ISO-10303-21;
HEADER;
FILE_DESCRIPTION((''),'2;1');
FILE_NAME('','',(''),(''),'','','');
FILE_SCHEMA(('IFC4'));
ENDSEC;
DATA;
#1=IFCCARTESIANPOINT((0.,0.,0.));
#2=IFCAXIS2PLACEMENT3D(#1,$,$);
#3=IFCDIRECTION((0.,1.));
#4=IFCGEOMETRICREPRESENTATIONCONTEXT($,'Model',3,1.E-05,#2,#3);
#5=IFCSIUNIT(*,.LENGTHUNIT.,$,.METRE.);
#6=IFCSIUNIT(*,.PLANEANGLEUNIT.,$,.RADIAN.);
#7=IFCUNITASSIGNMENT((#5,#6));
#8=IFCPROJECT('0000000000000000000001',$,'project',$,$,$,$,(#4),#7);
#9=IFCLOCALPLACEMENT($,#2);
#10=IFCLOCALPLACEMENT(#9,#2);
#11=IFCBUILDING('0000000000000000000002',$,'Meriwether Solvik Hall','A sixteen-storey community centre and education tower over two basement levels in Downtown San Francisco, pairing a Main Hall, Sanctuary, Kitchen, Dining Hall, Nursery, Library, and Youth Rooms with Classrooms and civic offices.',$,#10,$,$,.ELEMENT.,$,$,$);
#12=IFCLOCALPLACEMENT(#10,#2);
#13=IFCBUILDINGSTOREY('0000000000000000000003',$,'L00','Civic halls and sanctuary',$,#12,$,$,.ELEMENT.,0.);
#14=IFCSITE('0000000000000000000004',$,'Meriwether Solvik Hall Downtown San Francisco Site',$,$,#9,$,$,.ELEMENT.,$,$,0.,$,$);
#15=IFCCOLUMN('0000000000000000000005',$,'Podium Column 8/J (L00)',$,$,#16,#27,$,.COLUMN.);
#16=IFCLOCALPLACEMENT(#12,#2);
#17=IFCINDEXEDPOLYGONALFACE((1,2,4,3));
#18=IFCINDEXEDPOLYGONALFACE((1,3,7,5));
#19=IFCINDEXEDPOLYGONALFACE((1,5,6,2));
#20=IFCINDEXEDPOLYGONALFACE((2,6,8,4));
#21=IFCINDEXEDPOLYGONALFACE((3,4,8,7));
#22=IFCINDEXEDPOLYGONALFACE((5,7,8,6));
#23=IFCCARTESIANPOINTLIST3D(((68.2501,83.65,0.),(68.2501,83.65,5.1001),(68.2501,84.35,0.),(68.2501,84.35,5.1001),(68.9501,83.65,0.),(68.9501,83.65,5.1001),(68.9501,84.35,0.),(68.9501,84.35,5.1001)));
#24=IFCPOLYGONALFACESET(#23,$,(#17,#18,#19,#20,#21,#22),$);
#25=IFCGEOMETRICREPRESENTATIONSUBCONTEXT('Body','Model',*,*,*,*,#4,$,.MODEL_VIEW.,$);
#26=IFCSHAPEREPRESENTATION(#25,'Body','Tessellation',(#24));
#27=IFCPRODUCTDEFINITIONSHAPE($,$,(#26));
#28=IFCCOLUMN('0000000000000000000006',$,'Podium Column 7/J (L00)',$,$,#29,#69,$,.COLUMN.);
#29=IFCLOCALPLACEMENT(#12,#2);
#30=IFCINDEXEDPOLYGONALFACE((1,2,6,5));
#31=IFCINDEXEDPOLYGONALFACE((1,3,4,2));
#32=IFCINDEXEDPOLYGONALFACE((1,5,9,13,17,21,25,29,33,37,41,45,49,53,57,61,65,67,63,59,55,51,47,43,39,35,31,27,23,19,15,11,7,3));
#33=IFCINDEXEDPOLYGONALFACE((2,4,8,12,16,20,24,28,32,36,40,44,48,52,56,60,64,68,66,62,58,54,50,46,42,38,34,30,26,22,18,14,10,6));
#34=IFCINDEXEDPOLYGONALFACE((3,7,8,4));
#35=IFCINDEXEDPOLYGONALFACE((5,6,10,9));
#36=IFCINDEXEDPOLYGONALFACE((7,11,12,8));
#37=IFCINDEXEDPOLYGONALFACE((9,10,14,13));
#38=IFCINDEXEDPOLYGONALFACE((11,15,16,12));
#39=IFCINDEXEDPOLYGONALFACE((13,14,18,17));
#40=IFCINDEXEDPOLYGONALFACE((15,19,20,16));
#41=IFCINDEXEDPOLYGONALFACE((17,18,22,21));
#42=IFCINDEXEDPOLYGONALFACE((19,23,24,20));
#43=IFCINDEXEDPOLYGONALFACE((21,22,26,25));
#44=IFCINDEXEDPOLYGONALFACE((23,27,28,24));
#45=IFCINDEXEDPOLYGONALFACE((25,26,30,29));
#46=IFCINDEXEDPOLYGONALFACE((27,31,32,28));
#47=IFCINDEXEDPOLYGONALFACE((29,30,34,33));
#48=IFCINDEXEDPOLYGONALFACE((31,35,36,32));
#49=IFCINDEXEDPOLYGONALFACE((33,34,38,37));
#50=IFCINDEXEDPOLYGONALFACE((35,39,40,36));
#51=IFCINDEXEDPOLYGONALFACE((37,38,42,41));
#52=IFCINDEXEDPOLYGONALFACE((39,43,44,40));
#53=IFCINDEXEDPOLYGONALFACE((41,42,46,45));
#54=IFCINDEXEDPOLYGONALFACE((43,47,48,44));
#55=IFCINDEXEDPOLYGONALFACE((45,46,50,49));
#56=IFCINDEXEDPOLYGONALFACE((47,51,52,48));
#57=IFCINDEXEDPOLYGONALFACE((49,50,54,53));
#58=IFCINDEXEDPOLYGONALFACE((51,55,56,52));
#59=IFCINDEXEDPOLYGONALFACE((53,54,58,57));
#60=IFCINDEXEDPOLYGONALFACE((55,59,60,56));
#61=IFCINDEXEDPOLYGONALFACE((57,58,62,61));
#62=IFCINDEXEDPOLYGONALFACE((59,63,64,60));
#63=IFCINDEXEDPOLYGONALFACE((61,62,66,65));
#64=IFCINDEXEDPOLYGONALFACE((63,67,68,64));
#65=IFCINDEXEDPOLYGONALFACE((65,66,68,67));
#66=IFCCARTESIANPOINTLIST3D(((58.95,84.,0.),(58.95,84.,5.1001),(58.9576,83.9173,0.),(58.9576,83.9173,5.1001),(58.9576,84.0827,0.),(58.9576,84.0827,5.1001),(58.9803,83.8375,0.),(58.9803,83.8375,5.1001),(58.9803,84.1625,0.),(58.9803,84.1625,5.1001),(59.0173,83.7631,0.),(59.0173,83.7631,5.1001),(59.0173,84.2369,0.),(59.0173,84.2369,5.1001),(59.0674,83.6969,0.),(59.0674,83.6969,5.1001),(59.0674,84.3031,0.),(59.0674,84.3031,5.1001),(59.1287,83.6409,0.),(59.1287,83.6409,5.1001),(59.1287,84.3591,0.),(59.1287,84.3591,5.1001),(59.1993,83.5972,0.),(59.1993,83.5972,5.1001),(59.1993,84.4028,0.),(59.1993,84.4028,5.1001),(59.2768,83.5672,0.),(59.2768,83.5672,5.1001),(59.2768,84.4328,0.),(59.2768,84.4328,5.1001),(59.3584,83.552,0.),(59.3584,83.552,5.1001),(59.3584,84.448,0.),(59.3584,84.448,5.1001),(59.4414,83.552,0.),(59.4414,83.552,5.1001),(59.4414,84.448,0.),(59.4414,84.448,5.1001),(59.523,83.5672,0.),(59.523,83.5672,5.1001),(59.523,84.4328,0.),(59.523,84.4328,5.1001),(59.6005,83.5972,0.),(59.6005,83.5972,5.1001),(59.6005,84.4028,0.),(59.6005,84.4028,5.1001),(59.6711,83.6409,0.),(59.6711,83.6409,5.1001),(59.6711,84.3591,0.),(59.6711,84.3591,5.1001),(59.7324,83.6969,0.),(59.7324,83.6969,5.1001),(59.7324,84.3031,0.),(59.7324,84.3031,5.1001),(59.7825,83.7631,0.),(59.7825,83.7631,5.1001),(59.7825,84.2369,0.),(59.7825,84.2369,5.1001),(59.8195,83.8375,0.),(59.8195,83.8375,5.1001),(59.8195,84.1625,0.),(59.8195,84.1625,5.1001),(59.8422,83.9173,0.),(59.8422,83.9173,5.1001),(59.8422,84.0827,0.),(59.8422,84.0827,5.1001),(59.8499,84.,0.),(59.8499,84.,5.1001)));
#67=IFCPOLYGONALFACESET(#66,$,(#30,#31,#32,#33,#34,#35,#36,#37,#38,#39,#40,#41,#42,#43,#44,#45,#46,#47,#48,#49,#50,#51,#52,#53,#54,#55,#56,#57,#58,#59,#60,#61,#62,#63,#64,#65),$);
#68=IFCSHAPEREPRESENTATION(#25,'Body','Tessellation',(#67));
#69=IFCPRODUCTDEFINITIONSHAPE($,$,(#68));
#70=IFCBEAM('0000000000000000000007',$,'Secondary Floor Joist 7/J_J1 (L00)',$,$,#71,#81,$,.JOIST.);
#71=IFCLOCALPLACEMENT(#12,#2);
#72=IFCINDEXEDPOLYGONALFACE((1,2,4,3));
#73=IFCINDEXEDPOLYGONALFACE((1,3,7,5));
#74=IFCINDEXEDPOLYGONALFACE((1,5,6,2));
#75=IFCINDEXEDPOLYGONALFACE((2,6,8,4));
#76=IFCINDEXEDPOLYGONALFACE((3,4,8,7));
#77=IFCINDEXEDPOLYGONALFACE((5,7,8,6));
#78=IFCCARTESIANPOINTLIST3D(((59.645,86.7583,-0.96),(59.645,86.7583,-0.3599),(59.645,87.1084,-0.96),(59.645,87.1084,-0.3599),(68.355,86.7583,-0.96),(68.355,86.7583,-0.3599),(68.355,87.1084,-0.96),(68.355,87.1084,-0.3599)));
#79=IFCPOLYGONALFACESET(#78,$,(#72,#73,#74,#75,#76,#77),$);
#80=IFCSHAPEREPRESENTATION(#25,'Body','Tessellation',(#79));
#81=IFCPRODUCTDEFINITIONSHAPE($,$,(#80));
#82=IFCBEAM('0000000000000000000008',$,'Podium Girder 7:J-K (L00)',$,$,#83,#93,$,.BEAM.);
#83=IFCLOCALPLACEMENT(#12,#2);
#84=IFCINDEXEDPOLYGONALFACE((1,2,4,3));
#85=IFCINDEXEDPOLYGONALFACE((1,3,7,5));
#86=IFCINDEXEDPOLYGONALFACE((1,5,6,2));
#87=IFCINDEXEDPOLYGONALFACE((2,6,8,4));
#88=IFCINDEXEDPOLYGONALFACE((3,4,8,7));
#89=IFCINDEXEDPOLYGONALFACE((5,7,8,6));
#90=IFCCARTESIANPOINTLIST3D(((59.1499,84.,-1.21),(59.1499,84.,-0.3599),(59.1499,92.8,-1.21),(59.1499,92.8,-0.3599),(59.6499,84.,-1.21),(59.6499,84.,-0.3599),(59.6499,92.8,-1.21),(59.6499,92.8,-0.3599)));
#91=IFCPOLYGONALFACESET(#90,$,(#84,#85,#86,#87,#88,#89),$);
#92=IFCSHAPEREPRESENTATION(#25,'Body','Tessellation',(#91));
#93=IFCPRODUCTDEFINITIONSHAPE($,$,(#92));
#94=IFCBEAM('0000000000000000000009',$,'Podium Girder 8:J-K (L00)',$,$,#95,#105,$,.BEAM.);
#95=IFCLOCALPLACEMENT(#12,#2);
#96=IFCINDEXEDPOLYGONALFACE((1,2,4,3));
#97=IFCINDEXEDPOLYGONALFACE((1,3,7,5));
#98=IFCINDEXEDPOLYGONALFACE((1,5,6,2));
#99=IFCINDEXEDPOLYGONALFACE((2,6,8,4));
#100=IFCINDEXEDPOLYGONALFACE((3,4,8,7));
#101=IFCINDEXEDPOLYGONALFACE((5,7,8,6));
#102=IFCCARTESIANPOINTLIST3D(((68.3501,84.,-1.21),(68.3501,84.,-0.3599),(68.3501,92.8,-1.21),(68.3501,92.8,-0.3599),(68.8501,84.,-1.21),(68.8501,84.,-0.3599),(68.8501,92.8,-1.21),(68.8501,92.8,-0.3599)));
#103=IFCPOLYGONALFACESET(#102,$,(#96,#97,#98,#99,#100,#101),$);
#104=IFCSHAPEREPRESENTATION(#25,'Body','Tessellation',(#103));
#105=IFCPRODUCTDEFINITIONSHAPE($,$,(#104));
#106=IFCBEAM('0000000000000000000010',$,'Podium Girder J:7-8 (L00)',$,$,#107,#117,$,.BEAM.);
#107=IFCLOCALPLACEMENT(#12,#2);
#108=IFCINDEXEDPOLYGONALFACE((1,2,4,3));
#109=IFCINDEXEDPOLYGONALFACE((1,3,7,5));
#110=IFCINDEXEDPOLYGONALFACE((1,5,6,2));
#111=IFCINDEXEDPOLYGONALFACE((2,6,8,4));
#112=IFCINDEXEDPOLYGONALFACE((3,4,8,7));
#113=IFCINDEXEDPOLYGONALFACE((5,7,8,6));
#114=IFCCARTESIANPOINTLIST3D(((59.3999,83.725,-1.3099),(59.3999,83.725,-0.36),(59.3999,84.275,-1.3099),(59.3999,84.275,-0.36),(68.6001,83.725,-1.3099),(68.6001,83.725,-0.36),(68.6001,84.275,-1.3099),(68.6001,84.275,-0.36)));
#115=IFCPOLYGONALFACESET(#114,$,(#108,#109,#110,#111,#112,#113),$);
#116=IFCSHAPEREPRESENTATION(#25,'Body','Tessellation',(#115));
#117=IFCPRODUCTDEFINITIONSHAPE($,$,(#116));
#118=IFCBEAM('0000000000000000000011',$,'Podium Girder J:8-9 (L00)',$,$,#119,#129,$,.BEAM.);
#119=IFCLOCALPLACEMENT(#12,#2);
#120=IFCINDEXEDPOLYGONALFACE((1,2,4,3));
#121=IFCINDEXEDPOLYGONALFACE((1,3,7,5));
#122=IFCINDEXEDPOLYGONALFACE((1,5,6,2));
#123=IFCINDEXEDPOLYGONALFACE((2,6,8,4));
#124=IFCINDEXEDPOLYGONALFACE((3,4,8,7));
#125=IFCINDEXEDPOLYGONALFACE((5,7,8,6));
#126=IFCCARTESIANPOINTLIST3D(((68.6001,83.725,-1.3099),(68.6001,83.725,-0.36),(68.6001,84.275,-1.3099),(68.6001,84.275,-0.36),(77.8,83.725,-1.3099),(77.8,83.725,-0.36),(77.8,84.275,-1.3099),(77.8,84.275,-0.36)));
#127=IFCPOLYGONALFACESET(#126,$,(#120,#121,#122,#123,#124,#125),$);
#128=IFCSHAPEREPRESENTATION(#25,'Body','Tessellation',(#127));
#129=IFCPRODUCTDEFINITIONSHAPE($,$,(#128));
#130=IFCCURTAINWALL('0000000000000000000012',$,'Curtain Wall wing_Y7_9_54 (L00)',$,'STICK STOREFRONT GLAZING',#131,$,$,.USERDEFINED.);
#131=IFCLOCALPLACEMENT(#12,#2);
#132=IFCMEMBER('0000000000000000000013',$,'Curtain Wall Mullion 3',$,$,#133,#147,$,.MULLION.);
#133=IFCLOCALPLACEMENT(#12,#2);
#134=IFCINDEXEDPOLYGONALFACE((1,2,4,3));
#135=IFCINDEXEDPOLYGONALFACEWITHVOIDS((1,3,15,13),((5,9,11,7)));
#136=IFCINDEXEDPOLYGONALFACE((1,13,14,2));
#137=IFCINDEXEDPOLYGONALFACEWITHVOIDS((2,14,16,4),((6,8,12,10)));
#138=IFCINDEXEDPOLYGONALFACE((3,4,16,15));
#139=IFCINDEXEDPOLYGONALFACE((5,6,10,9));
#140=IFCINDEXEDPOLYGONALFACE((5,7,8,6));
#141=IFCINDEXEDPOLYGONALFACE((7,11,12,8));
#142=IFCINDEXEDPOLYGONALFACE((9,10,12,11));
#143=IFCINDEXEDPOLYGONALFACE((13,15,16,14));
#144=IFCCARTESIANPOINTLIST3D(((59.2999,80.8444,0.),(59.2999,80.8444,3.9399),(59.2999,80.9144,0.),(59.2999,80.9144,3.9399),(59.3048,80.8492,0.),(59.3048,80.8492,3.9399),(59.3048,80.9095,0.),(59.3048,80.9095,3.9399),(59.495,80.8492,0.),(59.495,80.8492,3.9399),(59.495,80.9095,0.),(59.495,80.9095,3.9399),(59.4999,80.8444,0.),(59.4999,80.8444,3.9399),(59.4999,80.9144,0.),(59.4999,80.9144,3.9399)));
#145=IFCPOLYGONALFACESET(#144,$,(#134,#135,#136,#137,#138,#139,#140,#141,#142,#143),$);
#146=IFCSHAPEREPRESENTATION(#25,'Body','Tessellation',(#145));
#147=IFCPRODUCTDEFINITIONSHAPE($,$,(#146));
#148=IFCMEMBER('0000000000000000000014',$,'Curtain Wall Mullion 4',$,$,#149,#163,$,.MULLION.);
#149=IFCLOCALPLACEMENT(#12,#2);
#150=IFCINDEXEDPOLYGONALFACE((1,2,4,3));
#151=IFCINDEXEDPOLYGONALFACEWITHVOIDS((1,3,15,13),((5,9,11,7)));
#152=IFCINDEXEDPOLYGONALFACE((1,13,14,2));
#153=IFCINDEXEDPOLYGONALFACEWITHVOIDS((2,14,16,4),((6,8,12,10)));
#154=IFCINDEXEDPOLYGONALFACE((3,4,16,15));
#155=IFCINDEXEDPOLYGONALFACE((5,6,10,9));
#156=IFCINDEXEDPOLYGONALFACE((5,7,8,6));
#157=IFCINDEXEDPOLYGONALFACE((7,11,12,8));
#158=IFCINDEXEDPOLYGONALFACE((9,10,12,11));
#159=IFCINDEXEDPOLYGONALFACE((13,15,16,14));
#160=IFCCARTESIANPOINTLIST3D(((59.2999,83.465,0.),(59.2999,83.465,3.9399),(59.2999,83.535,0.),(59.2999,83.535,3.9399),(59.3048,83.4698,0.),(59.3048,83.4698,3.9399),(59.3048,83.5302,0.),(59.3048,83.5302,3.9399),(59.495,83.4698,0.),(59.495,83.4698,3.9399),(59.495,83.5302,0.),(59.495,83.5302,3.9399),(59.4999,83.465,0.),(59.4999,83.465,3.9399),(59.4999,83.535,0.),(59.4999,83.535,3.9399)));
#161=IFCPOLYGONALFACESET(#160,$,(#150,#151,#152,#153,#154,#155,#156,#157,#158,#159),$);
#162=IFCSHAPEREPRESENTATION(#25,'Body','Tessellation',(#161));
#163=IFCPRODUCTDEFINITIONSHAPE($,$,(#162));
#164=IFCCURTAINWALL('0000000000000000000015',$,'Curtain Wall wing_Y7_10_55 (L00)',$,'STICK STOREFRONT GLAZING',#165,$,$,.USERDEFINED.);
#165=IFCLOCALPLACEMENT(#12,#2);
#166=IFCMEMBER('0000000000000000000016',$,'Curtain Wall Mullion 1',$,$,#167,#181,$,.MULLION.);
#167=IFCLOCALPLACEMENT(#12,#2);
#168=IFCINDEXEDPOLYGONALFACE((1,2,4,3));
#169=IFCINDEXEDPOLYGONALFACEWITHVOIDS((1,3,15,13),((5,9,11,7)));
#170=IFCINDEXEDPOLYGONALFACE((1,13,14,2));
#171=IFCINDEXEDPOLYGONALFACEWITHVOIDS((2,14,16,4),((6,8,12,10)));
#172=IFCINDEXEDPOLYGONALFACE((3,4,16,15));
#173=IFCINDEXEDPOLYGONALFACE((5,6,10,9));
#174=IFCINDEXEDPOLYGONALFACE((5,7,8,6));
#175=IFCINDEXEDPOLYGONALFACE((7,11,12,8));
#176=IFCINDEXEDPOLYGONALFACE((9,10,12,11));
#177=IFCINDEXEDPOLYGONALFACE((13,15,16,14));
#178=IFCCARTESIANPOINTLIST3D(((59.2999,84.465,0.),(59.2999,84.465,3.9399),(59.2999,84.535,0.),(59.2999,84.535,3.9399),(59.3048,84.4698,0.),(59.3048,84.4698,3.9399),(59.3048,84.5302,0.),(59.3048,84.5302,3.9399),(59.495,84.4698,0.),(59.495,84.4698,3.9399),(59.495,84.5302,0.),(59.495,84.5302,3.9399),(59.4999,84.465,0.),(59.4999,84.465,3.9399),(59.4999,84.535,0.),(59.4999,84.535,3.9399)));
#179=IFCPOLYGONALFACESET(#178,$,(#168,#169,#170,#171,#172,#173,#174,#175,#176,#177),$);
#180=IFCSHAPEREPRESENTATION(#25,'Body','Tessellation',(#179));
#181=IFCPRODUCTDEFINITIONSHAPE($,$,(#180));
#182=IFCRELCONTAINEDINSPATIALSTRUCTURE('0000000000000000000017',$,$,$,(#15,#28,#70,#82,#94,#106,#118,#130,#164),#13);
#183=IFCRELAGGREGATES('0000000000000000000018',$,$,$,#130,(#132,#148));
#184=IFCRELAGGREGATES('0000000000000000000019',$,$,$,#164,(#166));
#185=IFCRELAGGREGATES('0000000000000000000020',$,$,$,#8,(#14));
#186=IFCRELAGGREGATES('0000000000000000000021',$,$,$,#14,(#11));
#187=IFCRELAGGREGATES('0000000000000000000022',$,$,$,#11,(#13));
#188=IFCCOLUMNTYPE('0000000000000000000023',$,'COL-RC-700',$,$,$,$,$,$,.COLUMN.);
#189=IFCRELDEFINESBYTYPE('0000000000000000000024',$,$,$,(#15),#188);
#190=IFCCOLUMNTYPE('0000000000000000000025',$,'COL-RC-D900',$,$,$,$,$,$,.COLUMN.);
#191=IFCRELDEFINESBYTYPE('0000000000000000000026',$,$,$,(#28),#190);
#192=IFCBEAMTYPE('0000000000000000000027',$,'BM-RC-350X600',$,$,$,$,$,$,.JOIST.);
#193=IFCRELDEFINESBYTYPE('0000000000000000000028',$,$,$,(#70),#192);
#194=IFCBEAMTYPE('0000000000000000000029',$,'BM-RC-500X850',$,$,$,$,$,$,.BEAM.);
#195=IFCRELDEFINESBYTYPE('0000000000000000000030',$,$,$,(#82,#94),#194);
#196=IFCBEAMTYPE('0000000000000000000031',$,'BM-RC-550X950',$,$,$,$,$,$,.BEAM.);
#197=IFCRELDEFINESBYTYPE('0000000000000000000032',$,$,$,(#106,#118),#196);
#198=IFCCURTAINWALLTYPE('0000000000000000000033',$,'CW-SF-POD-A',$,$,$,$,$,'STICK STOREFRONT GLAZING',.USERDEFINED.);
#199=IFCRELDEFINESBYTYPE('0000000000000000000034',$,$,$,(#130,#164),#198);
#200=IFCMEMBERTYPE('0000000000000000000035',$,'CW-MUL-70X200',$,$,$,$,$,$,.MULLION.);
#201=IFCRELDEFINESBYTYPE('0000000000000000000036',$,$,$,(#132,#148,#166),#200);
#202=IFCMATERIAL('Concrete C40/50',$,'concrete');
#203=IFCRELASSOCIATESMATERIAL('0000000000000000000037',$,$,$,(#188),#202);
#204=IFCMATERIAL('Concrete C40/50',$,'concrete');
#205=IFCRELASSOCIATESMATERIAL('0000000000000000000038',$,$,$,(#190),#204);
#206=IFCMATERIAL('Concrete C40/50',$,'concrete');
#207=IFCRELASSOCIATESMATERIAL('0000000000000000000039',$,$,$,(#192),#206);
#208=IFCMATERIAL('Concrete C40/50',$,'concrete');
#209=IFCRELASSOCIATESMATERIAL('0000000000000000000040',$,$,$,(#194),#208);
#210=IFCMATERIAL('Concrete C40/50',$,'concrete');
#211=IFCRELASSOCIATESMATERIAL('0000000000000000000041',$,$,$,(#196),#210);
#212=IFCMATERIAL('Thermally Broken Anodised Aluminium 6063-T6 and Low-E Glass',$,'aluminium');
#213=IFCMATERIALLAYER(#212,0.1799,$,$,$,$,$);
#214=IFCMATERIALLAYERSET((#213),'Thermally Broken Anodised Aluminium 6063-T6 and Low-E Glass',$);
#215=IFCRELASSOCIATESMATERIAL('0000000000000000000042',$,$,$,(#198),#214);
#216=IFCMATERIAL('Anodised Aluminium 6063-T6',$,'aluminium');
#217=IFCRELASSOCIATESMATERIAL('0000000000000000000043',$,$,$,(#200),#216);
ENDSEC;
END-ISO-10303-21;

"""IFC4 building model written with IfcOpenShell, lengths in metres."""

from ifc_helpers import new_model, si_unit, direction, frame, origin, origin_2d, place, context, subcontext, project, spatial, rectangle, hollow_rectangle, circle, extrude, material, layer, layer_set, material_profile, profile_set, type_object, element, aggregate, save


model = new_model("IFC4")

# Units and contexts
model_context = context("Model", 3, precision=1e-05, world=origin(), true_north=direction((0.0, 1.0)))
body_context = subcontext(model_context, "Body", "Model", "MODEL_VIEW")
ifc_project = project(units=[si_unit("LENGTHUNIT", "METRE"), si_unit("PLANEANGLEUNIT", "RADIAN")], contexts=[model_context])

# Site, building, storey
site_placement = place(None, origin())
site = spatial("IfcSite", under=ifc_project, at=site_placement, Name="Meriwether Solvik Hall Downtown San Francisco Site", CompositionType="ELEMENT", RefElevation=0.0)
building_placement = place(site_placement, origin())
building = spatial("IfcBuilding", under=site, at=building_placement, Name="Meriwether Solvik Hall", Description="A sixteen-storey community centre and education tower over two basement levels in Downtown San Francisco, pairing a Main Hall, Sanctuary, Kitchen, Dining Hall, Nursery, Library, and Youth Rooms with Classrooms and civic offices.", CompositionType="ELEMENT")
storey_placement = place(building_placement, origin())
storey = spatial("IfcBuildingStorey", under=building, at=storey_placement, Name="L00", Description="Civic halls and sanctuary", CompositionType="ELEMENT", Elevation=0.0)

# Columns
ifc_material_1 = material(Name="Concrete C40/50", Category="concrete")
ifc_material_profile_1 = material_profile(ifc_material_1, rectangle(XDim=0.7, YDim=0.7, at=origin_2d()), Name="RCC-700X700")
ifc_profile_set_1 = profile_set([ifc_material_profile_1], Name="Concrete C40/50")
column_type_1 = type_object("IfcColumnType", Name="COL-RC-700", PredefinedType="COLUMN", material=ifc_profile_set_1)
column_1_placement = place(storey_placement, frame((68.6001, 84.0, 0.0), z_axis=(0.0, 0.0, 1.0), x_axis=(1.0, 0.0, 0.0)))
element("IfcColumn", 1, at=column_1_placement, inside=storey, type_object=column_type_1, Name="Podium Column 8/J (L00)", PredefinedType="COLUMN", context=body_context, shape_type="SweptSolid", body=[
    extrude(rectangle(XDim=0.7, YDim=0.7, at=origin_2d()), origin(), (0.0, 0.0, 1.0), 5.1001),
])
ifc_material_2 = material(Name="Concrete C40/50", Category="concrete")
ifc_material_profile_2 = material_profile(ifc_material_2, circle(Radius=0.45, at=origin_2d()), Name="RCC-D900")
ifc_profile_set_2 = profile_set([ifc_material_profile_2], Name="Concrete C40/50")
column_type_2 = type_object("IfcColumnType", Name="COL-RC-D900", PredefinedType="COLUMN", material=ifc_profile_set_2)
column_2_placement = place(storey_placement, frame((59.3999, 84.0, 0.0), z_axis=(0.0, 0.0, 1.0), x_axis=(1.0, 0.0, 0.0)))
element("IfcColumn", 2, at=column_2_placement, inside=storey, type_object=column_type_2, Name="Podium Column 7/J (L00)", PredefinedType="COLUMN", context=body_context, shape_type="SweptSolid", body=[
    extrude(circle(Radius=0.45, at=origin_2d()), origin(), (0.0, 0.0, 1.0), 5.1001),
])

# Beams
ifc_material_3 = material(Name="Concrete C40/50", Category="concrete")
ifc_material_profile_3 = material_profile(ifc_material_3, rectangle(XDim=0.3501, YDim=0.6001, at=origin_2d()), Name="RCB-350X600")
ifc_profile_set_3 = profile_set([ifc_material_profile_3], Name="Concrete C40/50")
beam_type_1 = type_object("IfcBeamType", Name="BM-RC-350X600", PredefinedType="JOIST", material=ifc_profile_set_3)
beam_1_placement = place(storey_placement, frame((59.645, 86.9333, -0.6599), z_axis=(1.0, 0.0, 0.0), x_axis=(0.0, 1.0, 0.0)))
element("IfcBeam", 3, at=beam_1_placement, inside=storey, type_object=beam_type_1, Name="Secondary Floor Joist 7/J_J1 (L00)", PredefinedType="JOIST", context=body_context, shape_type="SweptSolid", body=[
    extrude(rectangle(XDim=0.3501, YDim=0.6001, at=origin_2d()), origin(), (0.0, 0.0, 1.0), 8.71),
])
ifc_material_4 = material(Name="Concrete C40/50", Category="concrete")
ifc_material_profile_4 = material_profile(ifc_material_4, rectangle(XDim=0.5, YDim=0.8501, at=origin_2d()), Name="RCB-500X850")
ifc_profile_set_4 = profile_set([ifc_material_profile_4], Name="Concrete C40/50")
beam_type_2 = type_object("IfcBeamType", Name="BM-RC-500X850", PredefinedType="BEAM", material=ifc_profile_set_4)
for number, where, z_axis, x_axis, name in (
    (4, (59.3999, 84.0, -0.7849), (0.0, 1.0, 0.0), (-1.0, 0.0, 0.0), "Podium Girder 7:J-K (L00)"),
    (5, (68.6001, 84.0, -0.7849), (0.0, 1.0, 0.0), (-1.0, 0.0, 0.0), "Podium Girder 8:J-K (L00)"),
):
    element("IfcBeam", number, at=place(storey_placement, frame(where, z_axis=z_axis, x_axis=x_axis)), inside=storey, type_object=beam_type_2, Name=name, PredefinedType="BEAM", context=body_context, shape_type="SweptSolid", body=[
        extrude(rectangle(XDim=0.5, YDim=0.8501, at=origin_2d()), origin(), (0.0, 0.0, 1.0), 8.8),
    ])
ifc_material_5 = material(Name="Concrete C40/50", Category="concrete")
ifc_material_profile_5 = material_profile(ifc_material_5, rectangle(XDim=0.55, YDim=0.95, at=origin_2d()), Name="RCB-550X950")
ifc_profile_set_5 = profile_set([ifc_material_profile_5], Name="Concrete C40/50")
beam_type_3 = type_object("IfcBeamType", Name="BM-RC-550X950", PredefinedType="BEAM", material=ifc_profile_set_5)
beam_2_placement = place(storey_placement, frame((59.3999, 84.0, -0.835), z_axis=(1.0, 0.0, 0.0), x_axis=(0.0, 1.0, 0.0)))
element("IfcBeam", 6, at=beam_2_placement, inside=storey, type_object=beam_type_3, Name="Podium Girder J:7-8 (L00)", PredefinedType="BEAM", context=body_context, shape_type="SweptSolid", body=[
    extrude(rectangle(XDim=0.55, YDim=0.95, at=origin_2d()), origin(), (0.0, 0.0, 1.0), 9.2002),
])
beam_3_placement = place(storey_placement, frame((68.6001, 84.0, -0.835), z_axis=(1.0, 0.0, 0.0), x_axis=(0.0, 1.0, 0.0)))
element("IfcBeam", 7, at=beam_3_placement, inside=storey, type_object=beam_type_3, Name="Podium Girder J:8-9 (L00)", PredefinedType="BEAM", context=body_context, shape_type="SweptSolid", body=[
    extrude(rectangle(XDim=0.55, YDim=0.95, at=origin_2d()), origin(), (0.0, 0.0, 1.0), 9.2),
])

# Curtain walls, members
ifc_material_6 = material(Name="Thermally Broken Anodised Aluminium 6063-T6 and Low-E Glass", Category="aluminium")
ifc_layer_1 = layer(ifc_material_6, 0.1799)
ifc_layer_set_1 = layer_set([ifc_layer_1], Name="Thermally Broken Anodised Aluminium 6063-T6 and Low-E Glass")
curtain_wall_type = type_object("IfcCurtainWallType", Name="CW-SF-POD-A", ElementType="STICK STOREFRONT GLAZING", PredefinedType="USERDEFINED", material=ifc_layer_set_1)
curtain_wall_1_placement = place(storey_placement, origin())
curtain_wall_1 = element("IfcCurtainWall", 8, at=curtain_wall_1_placement, inside=storey, type_object=curtain_wall_type, Name="Curtain Wall wing_Y7_9_54 (L00)", ObjectType="STICK STOREFRONT GLAZING", PredefinedType="USERDEFINED")
ifc_material_7 = material(Name="Anodised Aluminium 6063-T6", Category="aluminium")
ifc_material_profile_6 = material_profile(ifc_material_7, hollow_rectangle(XDim=0.0701, YDim=0.2, WallThickness=0.0049, at=origin_2d()), Name="CWM-70X200")
ifc_profile_set_6 = profile_set([ifc_material_profile_6], Name="Anodised Aluminium 6063-T6")
member_type_1 = type_object("IfcMemberType", Name="CW-MUL-70X200", PredefinedType="MULLION", material=ifc_profile_set_6)
member_1_placement = place(storey_placement, frame((59.3999, 80.8794, 0.0), z_axis=(0.0, 0.0, 1.0), x_axis=(0.0, 1.0, 0.0)))
member_1 = element("IfcMember", 9, at=member_1_placement, type_object=member_type_1, Name="Curtain Wall Mullion 3", PredefinedType="MULLION", context=body_context, shape_type="SweptSolid", body=[
    extrude(hollow_rectangle(XDim=0.0701, YDim=0.2, WallThickness=0.0049, at=origin_2d()), origin(), (0.0, 0.0, 1.0), 3.9399),
])
member_2_placement = place(storey_placement, frame((59.3999, 83.5, 0.0), z_axis=(0.0, 0.0, 1.0), x_axis=(0.0, 1.0, 0.0)))
member_2 = element("IfcMember", 10, at=member_2_placement, type_object=member_type_1, Name="Curtain Wall Mullion 4", PredefinedType="MULLION", context=body_context, shape_type="SweptSolid", body=[
    extrude(hollow_rectangle(XDim=0.0701, YDim=0.2, WallThickness=0.0049, at=origin_2d()), origin(), (0.0, 0.0, 1.0), 3.9399),
])
curtain_wall_2_placement = place(storey_placement, origin())
curtain_wall_2 = element("IfcCurtainWall", 11, at=curtain_wall_2_placement, inside=storey, type_object=curtain_wall_type, Name="Curtain Wall wing_Y7_10_55 (L00)", ObjectType="STICK STOREFRONT GLAZING", PredefinedType="USERDEFINED")
member_3_placement = place(storey_placement, frame((59.3999, 84.5, 0.0), z_axis=(0.0, 0.0, 1.0), x_axis=(0.0, 1.0, 0.0)))
member_3 = element("IfcMember", 12, at=member_3_placement, type_object=member_type_1, Name="Curtain Wall Mullion 1", PredefinedType="MULLION", context=body_context, shape_type="SweptSolid", body=[
    extrude(hollow_rectangle(XDim=0.0701, YDim=0.2, WallThickness=0.0049, at=origin_2d()), origin(), (0.0, 0.0, 1.0), 3.9399),
])

aggregate(curtain_wall_1, [member_1, member_2])
aggregate(curtain_wall_2, [member_3])

save(model, "model.ifc")
